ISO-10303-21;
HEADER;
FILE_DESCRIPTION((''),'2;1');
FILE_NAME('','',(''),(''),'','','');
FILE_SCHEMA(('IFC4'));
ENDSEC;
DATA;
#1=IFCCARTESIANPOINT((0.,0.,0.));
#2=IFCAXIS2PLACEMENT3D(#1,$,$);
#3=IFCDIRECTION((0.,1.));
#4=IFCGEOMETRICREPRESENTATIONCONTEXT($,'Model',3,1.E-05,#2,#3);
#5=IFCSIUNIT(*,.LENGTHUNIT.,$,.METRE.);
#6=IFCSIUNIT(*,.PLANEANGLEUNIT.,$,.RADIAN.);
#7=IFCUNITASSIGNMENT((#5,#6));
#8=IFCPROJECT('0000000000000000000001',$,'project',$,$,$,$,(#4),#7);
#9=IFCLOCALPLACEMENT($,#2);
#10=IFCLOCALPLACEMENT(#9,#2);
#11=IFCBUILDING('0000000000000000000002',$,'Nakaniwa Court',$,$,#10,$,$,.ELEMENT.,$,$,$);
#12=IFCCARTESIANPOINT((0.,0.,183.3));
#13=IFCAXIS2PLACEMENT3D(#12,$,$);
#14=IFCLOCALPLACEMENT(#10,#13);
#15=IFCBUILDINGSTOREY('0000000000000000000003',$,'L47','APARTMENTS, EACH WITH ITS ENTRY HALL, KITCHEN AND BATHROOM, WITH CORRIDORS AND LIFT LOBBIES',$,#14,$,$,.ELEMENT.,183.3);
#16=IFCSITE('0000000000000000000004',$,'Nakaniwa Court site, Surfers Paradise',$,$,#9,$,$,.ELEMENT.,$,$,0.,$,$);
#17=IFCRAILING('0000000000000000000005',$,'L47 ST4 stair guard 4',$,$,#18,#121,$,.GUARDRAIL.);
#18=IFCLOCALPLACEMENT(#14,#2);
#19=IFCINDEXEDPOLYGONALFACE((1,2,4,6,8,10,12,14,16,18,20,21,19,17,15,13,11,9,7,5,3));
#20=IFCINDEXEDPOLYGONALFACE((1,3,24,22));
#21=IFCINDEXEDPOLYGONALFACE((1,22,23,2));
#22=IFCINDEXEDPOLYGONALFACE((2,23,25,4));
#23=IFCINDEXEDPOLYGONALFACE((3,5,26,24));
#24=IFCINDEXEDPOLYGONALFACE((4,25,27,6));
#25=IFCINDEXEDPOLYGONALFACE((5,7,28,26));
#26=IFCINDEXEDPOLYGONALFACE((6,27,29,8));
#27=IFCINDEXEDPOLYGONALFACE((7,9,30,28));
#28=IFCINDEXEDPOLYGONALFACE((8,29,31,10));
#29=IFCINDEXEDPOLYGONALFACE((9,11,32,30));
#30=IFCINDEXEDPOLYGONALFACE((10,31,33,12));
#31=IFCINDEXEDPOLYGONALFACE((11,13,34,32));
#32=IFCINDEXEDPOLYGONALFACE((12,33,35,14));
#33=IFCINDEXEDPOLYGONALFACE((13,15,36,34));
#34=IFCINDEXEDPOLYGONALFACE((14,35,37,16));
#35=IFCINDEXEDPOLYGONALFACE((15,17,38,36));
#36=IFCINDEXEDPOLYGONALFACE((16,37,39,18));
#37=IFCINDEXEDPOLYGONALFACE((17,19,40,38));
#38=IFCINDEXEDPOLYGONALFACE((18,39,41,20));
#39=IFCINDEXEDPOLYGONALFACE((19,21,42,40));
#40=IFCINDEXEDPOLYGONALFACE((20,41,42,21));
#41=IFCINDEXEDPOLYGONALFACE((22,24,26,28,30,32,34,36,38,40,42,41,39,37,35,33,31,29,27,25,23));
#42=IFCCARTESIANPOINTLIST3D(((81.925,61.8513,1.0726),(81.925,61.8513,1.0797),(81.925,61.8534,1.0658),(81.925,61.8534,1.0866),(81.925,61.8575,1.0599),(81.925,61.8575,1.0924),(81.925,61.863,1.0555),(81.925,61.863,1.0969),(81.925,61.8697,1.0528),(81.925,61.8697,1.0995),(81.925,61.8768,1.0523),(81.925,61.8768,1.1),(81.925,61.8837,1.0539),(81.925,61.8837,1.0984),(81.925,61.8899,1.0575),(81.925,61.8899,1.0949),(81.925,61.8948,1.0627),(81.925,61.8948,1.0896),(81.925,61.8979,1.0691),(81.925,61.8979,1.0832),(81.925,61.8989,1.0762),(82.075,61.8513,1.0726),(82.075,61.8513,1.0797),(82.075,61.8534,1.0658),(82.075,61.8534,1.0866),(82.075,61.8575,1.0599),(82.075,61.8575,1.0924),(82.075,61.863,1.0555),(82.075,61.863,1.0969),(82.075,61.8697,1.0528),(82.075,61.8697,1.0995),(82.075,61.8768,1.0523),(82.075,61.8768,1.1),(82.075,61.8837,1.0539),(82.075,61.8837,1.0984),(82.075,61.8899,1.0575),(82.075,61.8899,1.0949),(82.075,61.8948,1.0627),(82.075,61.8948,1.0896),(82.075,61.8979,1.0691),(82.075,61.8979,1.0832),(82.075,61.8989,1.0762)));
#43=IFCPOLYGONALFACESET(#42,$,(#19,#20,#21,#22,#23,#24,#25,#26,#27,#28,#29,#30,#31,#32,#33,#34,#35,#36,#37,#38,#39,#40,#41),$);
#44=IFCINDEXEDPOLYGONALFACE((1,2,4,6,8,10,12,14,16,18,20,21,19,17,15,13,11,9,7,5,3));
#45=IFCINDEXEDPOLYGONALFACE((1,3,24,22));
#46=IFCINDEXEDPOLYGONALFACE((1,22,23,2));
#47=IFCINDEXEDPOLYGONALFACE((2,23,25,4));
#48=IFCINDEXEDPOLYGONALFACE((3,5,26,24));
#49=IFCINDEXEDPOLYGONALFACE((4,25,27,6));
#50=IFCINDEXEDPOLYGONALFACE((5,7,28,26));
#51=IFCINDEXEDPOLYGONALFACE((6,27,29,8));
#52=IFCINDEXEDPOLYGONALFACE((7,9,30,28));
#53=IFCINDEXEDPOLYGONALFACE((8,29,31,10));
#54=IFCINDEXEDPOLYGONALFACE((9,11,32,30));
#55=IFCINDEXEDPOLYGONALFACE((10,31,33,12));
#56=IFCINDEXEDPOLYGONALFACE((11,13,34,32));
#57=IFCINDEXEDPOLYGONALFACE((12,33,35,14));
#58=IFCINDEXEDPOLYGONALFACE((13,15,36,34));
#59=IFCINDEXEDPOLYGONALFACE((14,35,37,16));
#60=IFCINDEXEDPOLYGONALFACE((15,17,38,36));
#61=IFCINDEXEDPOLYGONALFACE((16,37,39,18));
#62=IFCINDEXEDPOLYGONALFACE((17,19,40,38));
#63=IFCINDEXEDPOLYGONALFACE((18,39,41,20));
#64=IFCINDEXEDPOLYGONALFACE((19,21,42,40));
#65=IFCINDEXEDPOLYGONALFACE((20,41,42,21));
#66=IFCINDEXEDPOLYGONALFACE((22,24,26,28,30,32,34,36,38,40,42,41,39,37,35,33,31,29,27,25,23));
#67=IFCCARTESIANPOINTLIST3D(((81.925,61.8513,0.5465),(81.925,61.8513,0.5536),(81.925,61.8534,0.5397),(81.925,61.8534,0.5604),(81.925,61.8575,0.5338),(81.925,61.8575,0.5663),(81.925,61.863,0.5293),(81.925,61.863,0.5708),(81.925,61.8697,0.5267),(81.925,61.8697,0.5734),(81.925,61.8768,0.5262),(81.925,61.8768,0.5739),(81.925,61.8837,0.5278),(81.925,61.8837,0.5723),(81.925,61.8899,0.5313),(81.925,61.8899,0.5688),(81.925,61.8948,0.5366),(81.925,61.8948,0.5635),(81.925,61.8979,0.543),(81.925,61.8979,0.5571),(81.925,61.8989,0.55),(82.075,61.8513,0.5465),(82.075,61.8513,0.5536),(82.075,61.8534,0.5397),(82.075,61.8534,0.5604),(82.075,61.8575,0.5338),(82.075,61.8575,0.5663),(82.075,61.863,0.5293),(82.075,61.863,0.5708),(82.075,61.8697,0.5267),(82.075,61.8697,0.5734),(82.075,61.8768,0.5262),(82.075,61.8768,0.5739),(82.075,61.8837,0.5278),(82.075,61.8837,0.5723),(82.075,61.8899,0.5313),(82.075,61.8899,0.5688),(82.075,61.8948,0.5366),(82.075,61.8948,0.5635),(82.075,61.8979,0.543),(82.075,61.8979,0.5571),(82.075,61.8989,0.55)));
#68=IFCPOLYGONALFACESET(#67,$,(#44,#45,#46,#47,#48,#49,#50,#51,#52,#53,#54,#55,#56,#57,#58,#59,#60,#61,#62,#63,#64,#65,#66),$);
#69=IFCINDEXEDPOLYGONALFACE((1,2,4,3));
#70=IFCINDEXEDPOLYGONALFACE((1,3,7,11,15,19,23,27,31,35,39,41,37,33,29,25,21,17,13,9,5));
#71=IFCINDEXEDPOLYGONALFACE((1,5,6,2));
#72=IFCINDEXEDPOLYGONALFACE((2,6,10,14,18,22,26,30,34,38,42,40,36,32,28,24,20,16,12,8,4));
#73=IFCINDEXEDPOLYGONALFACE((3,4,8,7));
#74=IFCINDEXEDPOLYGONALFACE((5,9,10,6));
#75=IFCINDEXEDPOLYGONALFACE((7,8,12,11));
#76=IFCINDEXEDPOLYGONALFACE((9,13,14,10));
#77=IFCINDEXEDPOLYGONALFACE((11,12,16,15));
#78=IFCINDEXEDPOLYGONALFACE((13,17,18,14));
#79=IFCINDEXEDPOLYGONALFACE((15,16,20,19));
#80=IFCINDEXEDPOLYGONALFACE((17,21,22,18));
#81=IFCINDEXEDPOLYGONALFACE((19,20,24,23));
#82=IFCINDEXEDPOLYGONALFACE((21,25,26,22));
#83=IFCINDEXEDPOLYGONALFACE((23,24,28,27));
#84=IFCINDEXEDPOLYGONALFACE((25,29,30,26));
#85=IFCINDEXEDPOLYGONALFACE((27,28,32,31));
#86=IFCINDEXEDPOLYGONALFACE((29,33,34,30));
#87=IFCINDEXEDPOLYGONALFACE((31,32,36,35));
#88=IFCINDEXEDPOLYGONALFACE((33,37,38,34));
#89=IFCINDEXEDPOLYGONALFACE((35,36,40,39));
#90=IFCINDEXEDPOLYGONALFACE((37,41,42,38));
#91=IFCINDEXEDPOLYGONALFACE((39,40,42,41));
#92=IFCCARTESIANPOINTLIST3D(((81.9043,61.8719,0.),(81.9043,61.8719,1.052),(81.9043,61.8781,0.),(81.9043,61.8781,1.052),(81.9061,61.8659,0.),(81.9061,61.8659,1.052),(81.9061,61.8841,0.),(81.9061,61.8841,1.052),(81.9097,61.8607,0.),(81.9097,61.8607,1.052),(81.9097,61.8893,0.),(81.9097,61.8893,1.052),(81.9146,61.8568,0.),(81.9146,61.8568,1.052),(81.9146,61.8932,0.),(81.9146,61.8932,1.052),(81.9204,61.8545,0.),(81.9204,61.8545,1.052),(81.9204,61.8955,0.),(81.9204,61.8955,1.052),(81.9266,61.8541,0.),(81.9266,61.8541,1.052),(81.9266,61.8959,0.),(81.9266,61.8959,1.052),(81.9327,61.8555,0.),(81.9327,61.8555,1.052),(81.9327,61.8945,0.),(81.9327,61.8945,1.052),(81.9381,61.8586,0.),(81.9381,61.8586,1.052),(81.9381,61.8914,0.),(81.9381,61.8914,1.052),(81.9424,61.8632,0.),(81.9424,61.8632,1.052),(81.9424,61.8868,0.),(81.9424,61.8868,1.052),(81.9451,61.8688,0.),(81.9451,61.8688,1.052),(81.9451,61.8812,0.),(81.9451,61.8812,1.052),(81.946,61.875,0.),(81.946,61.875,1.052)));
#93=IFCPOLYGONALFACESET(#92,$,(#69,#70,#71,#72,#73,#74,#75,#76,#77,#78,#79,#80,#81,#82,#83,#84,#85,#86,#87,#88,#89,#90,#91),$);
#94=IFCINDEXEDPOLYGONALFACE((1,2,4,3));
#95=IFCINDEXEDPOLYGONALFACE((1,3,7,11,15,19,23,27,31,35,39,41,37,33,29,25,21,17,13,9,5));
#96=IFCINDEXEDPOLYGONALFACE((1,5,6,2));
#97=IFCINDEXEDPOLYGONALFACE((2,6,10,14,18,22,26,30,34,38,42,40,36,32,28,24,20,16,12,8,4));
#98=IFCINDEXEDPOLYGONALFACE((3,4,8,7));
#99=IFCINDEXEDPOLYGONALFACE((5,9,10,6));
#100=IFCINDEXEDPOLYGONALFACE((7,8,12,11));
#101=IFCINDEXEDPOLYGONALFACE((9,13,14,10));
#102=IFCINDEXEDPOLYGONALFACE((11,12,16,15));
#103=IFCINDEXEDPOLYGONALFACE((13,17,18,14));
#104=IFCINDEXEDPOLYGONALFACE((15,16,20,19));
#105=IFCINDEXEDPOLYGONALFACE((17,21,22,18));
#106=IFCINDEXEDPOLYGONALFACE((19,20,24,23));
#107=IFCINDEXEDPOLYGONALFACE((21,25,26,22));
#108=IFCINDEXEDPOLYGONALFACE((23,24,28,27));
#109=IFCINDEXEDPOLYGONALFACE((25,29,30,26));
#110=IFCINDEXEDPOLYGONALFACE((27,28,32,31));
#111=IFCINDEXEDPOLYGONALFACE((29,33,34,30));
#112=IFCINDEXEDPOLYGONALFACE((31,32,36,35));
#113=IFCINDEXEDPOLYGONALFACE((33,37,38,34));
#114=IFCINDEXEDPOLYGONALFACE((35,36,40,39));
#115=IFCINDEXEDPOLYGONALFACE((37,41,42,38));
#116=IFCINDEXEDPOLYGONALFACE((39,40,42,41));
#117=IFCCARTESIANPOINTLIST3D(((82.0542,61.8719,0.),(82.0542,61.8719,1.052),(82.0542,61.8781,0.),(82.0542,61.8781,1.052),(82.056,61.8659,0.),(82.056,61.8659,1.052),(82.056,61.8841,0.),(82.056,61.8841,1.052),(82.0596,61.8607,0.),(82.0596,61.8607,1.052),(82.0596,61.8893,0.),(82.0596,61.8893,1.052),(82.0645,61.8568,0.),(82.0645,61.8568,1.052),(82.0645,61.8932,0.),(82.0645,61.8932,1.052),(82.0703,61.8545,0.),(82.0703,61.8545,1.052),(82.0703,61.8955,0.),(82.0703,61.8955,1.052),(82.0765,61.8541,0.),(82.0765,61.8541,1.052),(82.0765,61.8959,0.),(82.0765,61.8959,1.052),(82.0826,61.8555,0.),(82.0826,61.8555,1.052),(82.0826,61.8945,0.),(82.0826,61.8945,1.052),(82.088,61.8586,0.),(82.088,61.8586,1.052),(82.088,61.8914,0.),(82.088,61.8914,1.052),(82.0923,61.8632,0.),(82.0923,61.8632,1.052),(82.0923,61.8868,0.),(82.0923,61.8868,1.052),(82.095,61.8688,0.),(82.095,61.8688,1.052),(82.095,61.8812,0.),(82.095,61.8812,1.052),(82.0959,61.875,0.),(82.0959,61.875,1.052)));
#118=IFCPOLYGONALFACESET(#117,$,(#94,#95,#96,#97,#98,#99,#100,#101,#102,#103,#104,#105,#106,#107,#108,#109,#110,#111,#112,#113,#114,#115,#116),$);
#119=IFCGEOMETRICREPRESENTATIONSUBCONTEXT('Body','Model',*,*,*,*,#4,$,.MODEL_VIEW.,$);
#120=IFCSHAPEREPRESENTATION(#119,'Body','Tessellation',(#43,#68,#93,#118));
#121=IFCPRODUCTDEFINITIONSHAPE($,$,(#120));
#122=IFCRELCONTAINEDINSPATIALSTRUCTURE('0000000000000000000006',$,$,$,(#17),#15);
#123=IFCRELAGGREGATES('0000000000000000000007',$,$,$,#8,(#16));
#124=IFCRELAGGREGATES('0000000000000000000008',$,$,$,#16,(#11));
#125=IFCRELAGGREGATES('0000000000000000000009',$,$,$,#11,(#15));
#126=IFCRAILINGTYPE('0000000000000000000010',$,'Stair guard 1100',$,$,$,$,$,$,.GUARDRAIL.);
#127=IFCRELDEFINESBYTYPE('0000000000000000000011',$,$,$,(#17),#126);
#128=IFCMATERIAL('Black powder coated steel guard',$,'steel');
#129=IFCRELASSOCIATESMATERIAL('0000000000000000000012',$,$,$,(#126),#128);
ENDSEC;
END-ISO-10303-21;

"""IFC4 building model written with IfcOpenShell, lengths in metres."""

from ifc_helpers import new_model, si_unit, direction, frame, origin, origin_2d, place, context, subcontext, project, spatial, circle, extrude, material, type_object, element, save


model = new_model("IFC4")

# Units and contexts
model_context = context("Model", 3, precision=1e-05, world=origin(), true_north=direction((0.0, 1.0)))
body_context = subcontext(model_context, "Body", "Model", "MODEL_VIEW")
ifc_project = project(units=[si_unit("LENGTHUNIT", "METRE"), si_unit("PLANEANGLEUNIT", "RADIAN")], contexts=[model_context])

# Site, building, storey
site_placement = place(None, origin())
site = spatial("IfcSite", under=ifc_project, at=site_placement, Name="Nakaniwa Court site, Surfers Paradise", CompositionType="ELEMENT", RefElevation=0.0)
building_placement = place(site_placement, origin())
building = spatial("IfcBuilding", under=site, at=building_placement, Name="Nakaniwa Court", CompositionType="ELEMENT")
storey_placement = place(building_placement, frame((0.0, 0.0, 183.3)))
storey = spatial("IfcBuildingStorey", under=building, at=storey_placement, Name="L47", Description="APARTMENTS, EACH WITH ITS ENTRY HALL, KITCHEN AND BATHROOM, WITH CORRIDORS AND LIFT LOBBIES", CompositionType="ELEMENT", Elevation=183.3)

# Railing
ifc_material_1 = material(Name="Black powder coated steel guard", Category="steel")
railing_type_1 = type_object("IfcRailingType", Name="Stair guard 1100", PredefinedType="GUARDRAIL", material=ifc_material_1)
railing_1_placement = place(storey_placement, frame((81.925, 61.875, 0.0)))
element("IfcRailing", 1, at=railing_1_placement, inside=storey, type_object=railing_type_1, Name="L47 ST4 stair guard 4", PredefinedType="GUARDRAIL", context=body_context, shape_type="SweptSolid", body=[
    extrude(circle(Radius=0.0239, at=origin_2d()), frame((0.0, 0.0, 1.0762), z_axis=(1.0, 0.0, 0.0), x_axis=(0.0, 1.0, 0.0)), (0.0, 0.0, 1.0), 0.1499),
    extrude(circle(Radius=0.0239, at=origin_2d()), frame((0.0, 0.0, 0.55), z_axis=(1.0, 0.0, 0.0), x_axis=(0.0, 1.0, 0.0)), (0.0, 0.0, 1.0), 0.1499),
    extrude(circle(Radius=0.021, at=origin_2d()), origin(), (0.0, 0.0, 1.0), 1.052),
    extrude(circle(Radius=0.021, at=origin_2d()), frame((0.1499, 0.0, 0.0)), (0.0, 0.0, 1.0), 1.052),
])

save(model, "model.ifc")
